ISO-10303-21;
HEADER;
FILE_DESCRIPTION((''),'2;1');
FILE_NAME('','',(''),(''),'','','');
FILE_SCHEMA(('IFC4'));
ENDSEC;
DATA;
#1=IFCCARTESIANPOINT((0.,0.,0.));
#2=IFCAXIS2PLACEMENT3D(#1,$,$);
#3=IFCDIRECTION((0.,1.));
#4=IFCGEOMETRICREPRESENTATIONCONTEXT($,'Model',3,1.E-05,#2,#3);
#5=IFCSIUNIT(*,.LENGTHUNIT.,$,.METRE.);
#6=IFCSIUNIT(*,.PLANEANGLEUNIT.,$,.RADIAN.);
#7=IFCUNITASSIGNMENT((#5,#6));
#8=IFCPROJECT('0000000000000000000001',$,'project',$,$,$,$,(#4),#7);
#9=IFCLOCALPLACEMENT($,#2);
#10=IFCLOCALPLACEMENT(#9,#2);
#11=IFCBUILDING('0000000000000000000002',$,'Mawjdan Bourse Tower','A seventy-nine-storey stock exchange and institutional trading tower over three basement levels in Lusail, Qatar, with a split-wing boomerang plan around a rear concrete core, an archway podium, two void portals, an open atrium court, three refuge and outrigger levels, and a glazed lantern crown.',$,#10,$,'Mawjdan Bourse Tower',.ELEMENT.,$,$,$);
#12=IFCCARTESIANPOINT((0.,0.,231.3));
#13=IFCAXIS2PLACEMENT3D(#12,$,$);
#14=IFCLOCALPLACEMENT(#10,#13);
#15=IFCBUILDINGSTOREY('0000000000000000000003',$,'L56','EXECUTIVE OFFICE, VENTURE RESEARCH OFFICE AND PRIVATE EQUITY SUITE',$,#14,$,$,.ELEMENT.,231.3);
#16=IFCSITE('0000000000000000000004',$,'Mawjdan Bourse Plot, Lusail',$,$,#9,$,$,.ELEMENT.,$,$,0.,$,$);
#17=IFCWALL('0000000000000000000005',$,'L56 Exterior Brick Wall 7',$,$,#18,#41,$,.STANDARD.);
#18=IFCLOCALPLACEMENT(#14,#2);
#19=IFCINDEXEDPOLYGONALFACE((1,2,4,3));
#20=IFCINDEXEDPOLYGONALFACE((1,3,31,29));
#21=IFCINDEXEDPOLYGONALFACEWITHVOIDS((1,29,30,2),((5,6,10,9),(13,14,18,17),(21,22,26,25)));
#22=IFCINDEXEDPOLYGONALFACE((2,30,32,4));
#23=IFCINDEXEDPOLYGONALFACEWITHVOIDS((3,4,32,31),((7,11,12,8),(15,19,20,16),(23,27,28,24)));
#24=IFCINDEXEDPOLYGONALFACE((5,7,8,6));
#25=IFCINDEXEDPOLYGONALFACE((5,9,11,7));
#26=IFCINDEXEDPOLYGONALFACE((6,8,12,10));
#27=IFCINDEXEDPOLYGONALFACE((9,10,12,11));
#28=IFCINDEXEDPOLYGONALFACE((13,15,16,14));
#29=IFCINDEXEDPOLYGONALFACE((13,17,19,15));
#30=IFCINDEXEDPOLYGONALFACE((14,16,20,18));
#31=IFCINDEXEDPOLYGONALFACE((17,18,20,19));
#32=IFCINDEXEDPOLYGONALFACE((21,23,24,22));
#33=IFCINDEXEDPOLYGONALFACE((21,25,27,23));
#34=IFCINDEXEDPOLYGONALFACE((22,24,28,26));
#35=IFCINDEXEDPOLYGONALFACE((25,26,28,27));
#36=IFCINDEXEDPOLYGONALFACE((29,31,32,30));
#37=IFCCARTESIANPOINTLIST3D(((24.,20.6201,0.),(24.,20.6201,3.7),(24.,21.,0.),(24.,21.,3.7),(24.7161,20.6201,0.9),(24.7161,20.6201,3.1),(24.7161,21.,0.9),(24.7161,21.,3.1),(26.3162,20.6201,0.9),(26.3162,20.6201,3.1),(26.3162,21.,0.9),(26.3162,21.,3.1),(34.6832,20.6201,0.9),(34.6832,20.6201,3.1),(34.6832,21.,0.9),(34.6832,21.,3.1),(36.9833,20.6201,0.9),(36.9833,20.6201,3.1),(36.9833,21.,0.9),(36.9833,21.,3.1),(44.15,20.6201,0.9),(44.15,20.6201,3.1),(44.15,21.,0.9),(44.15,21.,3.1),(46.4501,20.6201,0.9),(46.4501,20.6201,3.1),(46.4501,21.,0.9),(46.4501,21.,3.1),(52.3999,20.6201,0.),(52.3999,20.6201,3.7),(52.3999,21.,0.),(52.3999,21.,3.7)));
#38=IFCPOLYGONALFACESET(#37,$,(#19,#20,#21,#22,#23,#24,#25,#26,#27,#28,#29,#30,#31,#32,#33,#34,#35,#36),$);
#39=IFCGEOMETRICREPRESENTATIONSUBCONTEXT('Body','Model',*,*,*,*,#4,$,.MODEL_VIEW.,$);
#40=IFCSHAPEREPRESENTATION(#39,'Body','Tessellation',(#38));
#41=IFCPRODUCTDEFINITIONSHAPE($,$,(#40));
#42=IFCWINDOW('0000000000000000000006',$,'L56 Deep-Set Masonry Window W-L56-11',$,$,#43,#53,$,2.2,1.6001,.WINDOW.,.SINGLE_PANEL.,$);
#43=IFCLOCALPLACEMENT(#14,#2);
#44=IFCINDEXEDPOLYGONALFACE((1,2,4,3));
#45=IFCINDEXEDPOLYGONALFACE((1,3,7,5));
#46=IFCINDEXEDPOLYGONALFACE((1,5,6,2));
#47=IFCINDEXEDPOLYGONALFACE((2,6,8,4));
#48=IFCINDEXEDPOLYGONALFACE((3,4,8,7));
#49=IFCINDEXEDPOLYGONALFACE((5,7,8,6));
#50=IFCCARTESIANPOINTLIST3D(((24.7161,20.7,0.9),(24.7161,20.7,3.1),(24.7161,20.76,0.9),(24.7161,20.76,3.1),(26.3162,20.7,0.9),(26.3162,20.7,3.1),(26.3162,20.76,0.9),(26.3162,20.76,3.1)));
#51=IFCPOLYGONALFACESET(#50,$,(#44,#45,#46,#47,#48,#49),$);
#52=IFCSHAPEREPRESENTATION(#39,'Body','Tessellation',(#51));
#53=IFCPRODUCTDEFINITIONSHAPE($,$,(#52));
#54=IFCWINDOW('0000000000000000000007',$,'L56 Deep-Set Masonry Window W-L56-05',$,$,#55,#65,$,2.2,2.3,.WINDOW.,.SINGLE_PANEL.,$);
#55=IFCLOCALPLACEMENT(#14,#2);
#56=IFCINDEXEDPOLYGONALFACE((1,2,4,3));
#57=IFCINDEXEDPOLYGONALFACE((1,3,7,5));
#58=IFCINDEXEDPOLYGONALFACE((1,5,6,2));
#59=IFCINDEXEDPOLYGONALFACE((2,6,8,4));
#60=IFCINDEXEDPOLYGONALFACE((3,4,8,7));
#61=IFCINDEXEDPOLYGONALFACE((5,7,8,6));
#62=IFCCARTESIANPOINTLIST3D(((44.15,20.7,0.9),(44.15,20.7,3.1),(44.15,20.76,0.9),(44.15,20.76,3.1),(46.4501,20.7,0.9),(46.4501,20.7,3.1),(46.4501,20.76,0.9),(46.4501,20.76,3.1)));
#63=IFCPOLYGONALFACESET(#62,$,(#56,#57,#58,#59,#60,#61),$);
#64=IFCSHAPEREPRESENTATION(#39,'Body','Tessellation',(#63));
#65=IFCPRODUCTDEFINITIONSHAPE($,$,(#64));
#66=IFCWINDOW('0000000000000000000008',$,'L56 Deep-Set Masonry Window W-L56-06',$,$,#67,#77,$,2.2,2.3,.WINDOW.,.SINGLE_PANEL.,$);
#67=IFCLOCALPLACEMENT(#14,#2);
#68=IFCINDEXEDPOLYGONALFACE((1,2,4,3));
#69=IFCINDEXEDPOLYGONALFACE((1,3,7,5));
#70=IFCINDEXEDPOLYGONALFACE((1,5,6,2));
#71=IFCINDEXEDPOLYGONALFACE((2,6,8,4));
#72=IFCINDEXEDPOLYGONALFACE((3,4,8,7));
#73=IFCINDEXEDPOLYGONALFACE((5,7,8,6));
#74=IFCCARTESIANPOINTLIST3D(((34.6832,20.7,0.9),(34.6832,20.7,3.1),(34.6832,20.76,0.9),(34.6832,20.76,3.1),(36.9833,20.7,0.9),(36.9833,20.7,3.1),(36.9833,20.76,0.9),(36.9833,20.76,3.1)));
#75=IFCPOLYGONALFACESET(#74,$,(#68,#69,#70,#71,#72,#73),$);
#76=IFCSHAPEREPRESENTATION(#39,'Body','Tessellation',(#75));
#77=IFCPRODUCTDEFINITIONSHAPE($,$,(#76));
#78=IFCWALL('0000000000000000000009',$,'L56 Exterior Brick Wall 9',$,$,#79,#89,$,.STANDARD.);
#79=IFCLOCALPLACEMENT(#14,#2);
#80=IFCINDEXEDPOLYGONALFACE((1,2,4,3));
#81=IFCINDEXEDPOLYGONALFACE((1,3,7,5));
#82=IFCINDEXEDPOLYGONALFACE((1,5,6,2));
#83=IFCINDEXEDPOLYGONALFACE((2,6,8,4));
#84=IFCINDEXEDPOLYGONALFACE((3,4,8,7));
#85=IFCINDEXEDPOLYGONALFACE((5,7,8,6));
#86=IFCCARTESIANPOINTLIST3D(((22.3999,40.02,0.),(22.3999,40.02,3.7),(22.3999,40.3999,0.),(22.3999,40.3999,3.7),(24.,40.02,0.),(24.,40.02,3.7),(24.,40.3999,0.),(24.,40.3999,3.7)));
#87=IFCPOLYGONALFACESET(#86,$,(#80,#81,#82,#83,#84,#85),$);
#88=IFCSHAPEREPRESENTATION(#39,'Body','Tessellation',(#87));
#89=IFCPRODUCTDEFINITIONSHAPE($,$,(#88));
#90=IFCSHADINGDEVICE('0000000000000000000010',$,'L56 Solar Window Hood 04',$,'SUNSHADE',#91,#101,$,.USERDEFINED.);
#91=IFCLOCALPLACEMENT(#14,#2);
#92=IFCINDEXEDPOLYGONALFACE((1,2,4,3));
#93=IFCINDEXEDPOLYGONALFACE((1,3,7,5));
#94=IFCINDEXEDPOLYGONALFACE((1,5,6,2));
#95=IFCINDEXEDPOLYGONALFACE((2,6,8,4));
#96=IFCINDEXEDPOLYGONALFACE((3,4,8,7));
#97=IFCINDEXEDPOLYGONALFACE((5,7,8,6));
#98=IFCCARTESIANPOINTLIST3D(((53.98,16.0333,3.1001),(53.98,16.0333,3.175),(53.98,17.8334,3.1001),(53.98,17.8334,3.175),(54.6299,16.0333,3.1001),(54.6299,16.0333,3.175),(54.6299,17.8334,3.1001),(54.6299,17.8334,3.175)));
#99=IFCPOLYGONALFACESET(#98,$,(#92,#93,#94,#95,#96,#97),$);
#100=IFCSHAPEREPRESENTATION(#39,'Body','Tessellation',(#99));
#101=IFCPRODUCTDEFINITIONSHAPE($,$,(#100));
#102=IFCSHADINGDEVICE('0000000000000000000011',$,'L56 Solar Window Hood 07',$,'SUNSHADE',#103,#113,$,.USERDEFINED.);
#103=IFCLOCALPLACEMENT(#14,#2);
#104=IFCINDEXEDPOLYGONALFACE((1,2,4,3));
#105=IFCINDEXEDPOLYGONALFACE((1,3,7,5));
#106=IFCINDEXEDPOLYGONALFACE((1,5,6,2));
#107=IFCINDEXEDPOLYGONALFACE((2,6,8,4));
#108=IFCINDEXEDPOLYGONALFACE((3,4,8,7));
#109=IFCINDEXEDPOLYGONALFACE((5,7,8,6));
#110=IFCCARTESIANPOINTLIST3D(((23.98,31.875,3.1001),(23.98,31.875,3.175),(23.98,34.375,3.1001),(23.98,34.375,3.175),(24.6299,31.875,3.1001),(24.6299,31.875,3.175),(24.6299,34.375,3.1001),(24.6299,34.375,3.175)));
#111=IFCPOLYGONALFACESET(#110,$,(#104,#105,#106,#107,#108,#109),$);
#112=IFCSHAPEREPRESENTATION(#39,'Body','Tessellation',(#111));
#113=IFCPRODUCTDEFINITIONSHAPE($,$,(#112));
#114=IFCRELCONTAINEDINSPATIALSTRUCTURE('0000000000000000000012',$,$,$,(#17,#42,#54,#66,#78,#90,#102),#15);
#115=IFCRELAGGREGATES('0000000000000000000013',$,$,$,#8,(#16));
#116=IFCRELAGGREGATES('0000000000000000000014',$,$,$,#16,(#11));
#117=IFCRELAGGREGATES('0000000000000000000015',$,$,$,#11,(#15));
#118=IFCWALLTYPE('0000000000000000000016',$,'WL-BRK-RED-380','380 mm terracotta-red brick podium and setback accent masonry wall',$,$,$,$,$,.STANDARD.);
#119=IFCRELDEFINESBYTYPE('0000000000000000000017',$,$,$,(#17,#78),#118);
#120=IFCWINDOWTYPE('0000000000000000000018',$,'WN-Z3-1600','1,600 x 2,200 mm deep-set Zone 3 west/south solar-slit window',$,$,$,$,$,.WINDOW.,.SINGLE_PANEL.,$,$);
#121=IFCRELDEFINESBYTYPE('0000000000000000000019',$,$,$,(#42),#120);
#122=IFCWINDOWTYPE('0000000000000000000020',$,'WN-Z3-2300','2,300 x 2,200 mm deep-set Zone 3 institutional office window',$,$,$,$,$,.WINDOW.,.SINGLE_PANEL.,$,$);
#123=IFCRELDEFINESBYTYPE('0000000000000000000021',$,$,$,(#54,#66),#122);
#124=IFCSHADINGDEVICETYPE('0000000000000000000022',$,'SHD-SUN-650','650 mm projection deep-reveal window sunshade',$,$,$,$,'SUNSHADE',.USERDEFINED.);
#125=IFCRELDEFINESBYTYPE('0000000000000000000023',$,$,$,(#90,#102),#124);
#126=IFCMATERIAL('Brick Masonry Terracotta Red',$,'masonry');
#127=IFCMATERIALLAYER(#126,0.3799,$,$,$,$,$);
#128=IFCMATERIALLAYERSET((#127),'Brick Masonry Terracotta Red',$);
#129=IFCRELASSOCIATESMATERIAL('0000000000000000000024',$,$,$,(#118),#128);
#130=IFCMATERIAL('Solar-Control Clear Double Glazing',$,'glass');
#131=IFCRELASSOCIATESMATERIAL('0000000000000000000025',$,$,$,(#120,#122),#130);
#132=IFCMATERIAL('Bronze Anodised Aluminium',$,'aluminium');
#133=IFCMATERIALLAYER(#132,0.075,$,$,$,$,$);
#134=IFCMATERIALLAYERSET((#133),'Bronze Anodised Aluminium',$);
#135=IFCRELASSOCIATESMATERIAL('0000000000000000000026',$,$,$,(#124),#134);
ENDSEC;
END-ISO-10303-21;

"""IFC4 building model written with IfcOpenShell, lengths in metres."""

from ifc_helpers import new_model, si_unit, direction, frame, frame_2d, origin, origin_2d, place, context, subcontext, project, spatial, rectangle, extrude, material, layer, layer_set, type_object, element, fill, save


model = new_model("IFC4")

# Units and contexts
model_context = context("Model", 3, precision=1e-05, world=origin(), true_north=direction((0.0, 1.0)))
body_context = subcontext(model_context, "Body", "Model", "MODEL_VIEW")
ifc_project = project(units=[si_unit("LENGTHUNIT", "METRE"), si_unit("PLANEANGLEUNIT", "RADIAN")], contexts=[model_context])

# Site, building, storey
site_placement = place(None, origin())
site = spatial("IfcSite", under=ifc_project, at=site_placement, Name="Mawjdan Bourse Plot, Lusail", CompositionType="ELEMENT", RefElevation=0.0)
building_placement = place(site_placement, origin())
building = spatial("IfcBuilding", under=site, at=building_placement, Name="Mawjdan Bourse Tower", Description="A seventy-nine-storey stock exchange and institutional trading tower over three basement levels in Lusail, Qatar, with a split-wing boomerang plan around a rear concrete core, an archway podium, two void portals, an open atrium court, three refuge and outrigger levels, and a glazed lantern crown.", LongName="Mawjdan Bourse Tower", CompositionType="ELEMENT")
storey_placement = place(building_placement, frame((0.0, 0.0, 231.3)))
storey = spatial("IfcBuildingStorey", under=building, at=storey_placement, Name="L56", Description="EXECUTIVE OFFICE, VENTURE RESEARCH OFFICE AND PRIVATE EQUITY SUITE", CompositionType="ELEMENT", Elevation=231.3)

# Shared definitions
ifc_material_1 = material(Name="Brick Masonry Terracotta Red", Category="masonry")
ifc_layer_1 = layer(ifc_material_1, 0.3799)
ifc_layer_set_1 = layer_set([ifc_layer_1], Name="Brick Masonry Terracotta Red")
wall_type = type_object("IfcWallType", Name="WL-BRK-RED-380", Description="380 mm terracotta-red brick podium and setback accent masonry wall", PredefinedType="STANDARD", material=ifc_layer_set_1)

# Wall, openings, windows
wall_1_placement = place(storey_placement, frame((52.3999, 20.8101, 0.0), z_axis=(0.0, 0.0, 1.0), x_axis=(-1.0, 0.0, 0.0)))
wall_1 = element("IfcWall", 1, at=wall_1_placement, inside=storey, type_object=wall_type, Name="L56 Exterior Brick Wall 7", PredefinedType="STANDARD", context=body_context, shape_type="SweptSolid", body=[
    extrude(rectangle(XDim=28.3999, YDim=0.3799, at=frame_2d((14.2, 0.0))), origin(), (0.0, 0.0, 1.0), 3.7),
])
opening_1_placement = place(wall_1_placement, frame((5.95, 0.0, 0.8999)))
opening_1 = element("IfcOpeningElement", 2, at=opening_1_placement, cuts=wall_1, PredefinedType="OPENING", context=body_context, shape_type="SweptSolid", body=[
    extrude(rectangle(XDim=2.3, YDim=2.2, at=frame_2d((1.1499, 1.1001))), frame((0.0, 0.2, 0.0), z_axis=(0.0, -1.0, 0.0), x_axis=(1.0, 0.0, 0.0)), (0.0, 0.0, 1.0), 0.3999),
])
opening_2_placement = place(wall_1_placement, frame((15.4167, 0.0, 0.8999)))
opening_2 = element("IfcOpeningElement", 3, at=opening_2_placement, cuts=wall_1, PredefinedType="OPENING", context=body_context, shape_type="SweptSolid", body=[
    extrude(rectangle(XDim=2.3, YDim=2.2, at=frame_2d((1.1499, 1.1001))), frame((0.0, 0.2, 0.0), z_axis=(0.0, -1.0, 0.0), x_axis=(1.0, 0.0, 0.0)), (0.0, 0.0, 1.0), 0.3999),
])
opening_3_placement = place(wall_1_placement, frame((26.0837, 0.0, 0.8999)))
opening_3 = element("IfcOpeningElement", 4, at=opening_3_placement, cuts=wall_1, PredefinedType="OPENING", context=body_context, shape_type="SweptSolid", body=[
    extrude(rectangle(XDim=1.6001, YDim=2.2, at=frame_2d((0.8, 1.1001))), frame((0.0, 0.2, 0.0), z_axis=(0.0, -1.0, 0.0), x_axis=(1.0, 0.0, 0.0)), (0.0, 0.0, 1.0), 0.3999),
])
ifc_material_2 = material(Name="Solar-Control Clear Double Glazing", Category="glass")
window_type_1 = type_object("IfcWindowType", Name="WN-Z3-1600", Description="1,600 x 2,200 mm deep-set Zone 3 west/south solar-slit window", PartitioningType="SINGLE_PANEL", PredefinedType="WINDOW", material=ifc_material_2)
window_1_placement = place(opening_3_placement, origin())
window_1 = element("IfcWindow", 5, at=window_1_placement, inside=storey, type_object=window_type_1, Name="L56 Deep-Set Masonry Window W-L56-11", OverallHeight=2.2, OverallWidth=1.6001, PartitioningType="SINGLE_PANEL", PredefinedType="WINDOW", context=body_context, shape_type="SweptSolid", body=[
    extrude(rectangle(XDim=1.6001, YDim=2.2, at=frame_2d((0.8, 1.1001))), frame((0.0, 0.1101, 0.0), z_axis=(0.0, -1.0, 0.0), x_axis=(1.0, 0.0, 0.0)), (0.0, 0.0, 1.0), 0.0601),
])
fill(opening_3, window_1)
window_type_2 = type_object("IfcWindowType", Name="WN-Z3-2300", Description="2,300 x 2,200 mm deep-set Zone 3 institutional office window", PartitioningType="SINGLE_PANEL", PredefinedType="WINDOW", material=ifc_material_2)
window_2_placement = place(opening_1_placement, origin())
window_2 = element("IfcWindow", 6, at=window_2_placement, inside=storey, type_object=window_type_2, Name="L56 Deep-Set Masonry Window W-L56-05", OverallHeight=2.2, OverallWidth=2.3, PartitioningType="SINGLE_PANEL", PredefinedType="WINDOW", context=body_context, shape_type="SweptSolid", body=[
    extrude(rectangle(XDim=2.3, YDim=2.2, at=frame_2d((1.1499, 1.1001))), frame((0.0, 0.1101, 0.0), z_axis=(0.0, -1.0, 0.0), x_axis=(1.0, 0.0, 0.0)), (0.0, 0.0, 1.0), 0.0601),
])
fill(opening_1, window_2)
window_3_placement = place(opening_2_placement, origin())
window_3 = element("IfcWindow", 7, at=window_3_placement, inside=storey, type_object=window_type_2, Name="L56 Deep-Set Masonry Window W-L56-06", OverallHeight=2.2, OverallWidth=2.3, PartitioningType="SINGLE_PANEL", PredefinedType="WINDOW", context=body_context, shape_type="SweptSolid", body=[
    extrude(rectangle(XDim=2.3, YDim=2.2, at=frame_2d((1.1499, 1.1001))), frame((0.0, 0.1101, 0.0), z_axis=(0.0, -1.0, 0.0), x_axis=(1.0, 0.0, 0.0)), (0.0, 0.0, 1.0), 0.0601),
])
fill(opening_2, window_3)

# Wall
wall_2_placement = place(storey_placement, frame((24.0, 40.21, 0.0), z_axis=(0.0, 0.0, 1.0), x_axis=(-1.0, 0.0, 0.0)))
element("IfcWall", 8, at=wall_2_placement, inside=storey, type_object=wall_type, Name="L56 Exterior Brick Wall 9", PredefinedType="STANDARD", context=body_context, shape_type="SweptSolid", body=[
    extrude(rectangle(XDim=1.6001, YDim=0.3799, at=frame_2d((0.8, 0.0))), origin(), (0.0, 0.0, 1.0), 3.7),
])

# Shading devices
ifc_material_3 = material(Name="Bronze Anodised Aluminium", Category="aluminium")
ifc_layer_2 = layer(ifc_material_3, 0.075)
ifc_layer_set_2 = layer_set([ifc_layer_2], Name="Bronze Anodised Aluminium")
shading_device_type = type_object("IfcShadingDeviceType", Name="SHD-SUN-650", Description="650 mm projection deep-reveal window sunshade", ElementType="SUNSHADE", PredefinedType="USERDEFINED", material=ifc_layer_set_2)
shading_device_1_placement = place(storey_placement, frame((54.3049, 16.9333, 3.1001), z_axis=(0.0, 0.0, 1.0), x_axis=(0.0, 1.0, 0.0)))
element("IfcShadingDevice", 9, at=shading_device_1_placement, inside=storey, type_object=shading_device_type, Name="L56 Solar Window Hood 04", ObjectType="SUNSHADE", PredefinedType="USERDEFINED", context=body_context, shape_type="SweptSolid", body=[
    extrude(rectangle(XDim=1.8, YDim=0.6499, at=origin_2d()), origin(), (0.0, 0.0, 1.0), 0.075),
])
shading_device_2_placement = place(storey_placement, frame((24.3049, 33.125, 3.1001), z_axis=(0.0, 0.0, 1.0), x_axis=(0.0, 1.0, 0.0)))
element("IfcShadingDevice", 10, at=shading_device_2_placement, inside=storey, type_object=shading_device_type, Name="L56 Solar Window Hood 07", ObjectType="SUNSHADE", PredefinedType="USERDEFINED", context=body_context, shape_type="SweptSolid", body=[
    extrude(rectangle(XDim=2.5, YDim=0.6499, at=origin_2d()), origin(), (0.0, 0.0, 1.0), 0.075),
])

save(model, "model.ifc")
